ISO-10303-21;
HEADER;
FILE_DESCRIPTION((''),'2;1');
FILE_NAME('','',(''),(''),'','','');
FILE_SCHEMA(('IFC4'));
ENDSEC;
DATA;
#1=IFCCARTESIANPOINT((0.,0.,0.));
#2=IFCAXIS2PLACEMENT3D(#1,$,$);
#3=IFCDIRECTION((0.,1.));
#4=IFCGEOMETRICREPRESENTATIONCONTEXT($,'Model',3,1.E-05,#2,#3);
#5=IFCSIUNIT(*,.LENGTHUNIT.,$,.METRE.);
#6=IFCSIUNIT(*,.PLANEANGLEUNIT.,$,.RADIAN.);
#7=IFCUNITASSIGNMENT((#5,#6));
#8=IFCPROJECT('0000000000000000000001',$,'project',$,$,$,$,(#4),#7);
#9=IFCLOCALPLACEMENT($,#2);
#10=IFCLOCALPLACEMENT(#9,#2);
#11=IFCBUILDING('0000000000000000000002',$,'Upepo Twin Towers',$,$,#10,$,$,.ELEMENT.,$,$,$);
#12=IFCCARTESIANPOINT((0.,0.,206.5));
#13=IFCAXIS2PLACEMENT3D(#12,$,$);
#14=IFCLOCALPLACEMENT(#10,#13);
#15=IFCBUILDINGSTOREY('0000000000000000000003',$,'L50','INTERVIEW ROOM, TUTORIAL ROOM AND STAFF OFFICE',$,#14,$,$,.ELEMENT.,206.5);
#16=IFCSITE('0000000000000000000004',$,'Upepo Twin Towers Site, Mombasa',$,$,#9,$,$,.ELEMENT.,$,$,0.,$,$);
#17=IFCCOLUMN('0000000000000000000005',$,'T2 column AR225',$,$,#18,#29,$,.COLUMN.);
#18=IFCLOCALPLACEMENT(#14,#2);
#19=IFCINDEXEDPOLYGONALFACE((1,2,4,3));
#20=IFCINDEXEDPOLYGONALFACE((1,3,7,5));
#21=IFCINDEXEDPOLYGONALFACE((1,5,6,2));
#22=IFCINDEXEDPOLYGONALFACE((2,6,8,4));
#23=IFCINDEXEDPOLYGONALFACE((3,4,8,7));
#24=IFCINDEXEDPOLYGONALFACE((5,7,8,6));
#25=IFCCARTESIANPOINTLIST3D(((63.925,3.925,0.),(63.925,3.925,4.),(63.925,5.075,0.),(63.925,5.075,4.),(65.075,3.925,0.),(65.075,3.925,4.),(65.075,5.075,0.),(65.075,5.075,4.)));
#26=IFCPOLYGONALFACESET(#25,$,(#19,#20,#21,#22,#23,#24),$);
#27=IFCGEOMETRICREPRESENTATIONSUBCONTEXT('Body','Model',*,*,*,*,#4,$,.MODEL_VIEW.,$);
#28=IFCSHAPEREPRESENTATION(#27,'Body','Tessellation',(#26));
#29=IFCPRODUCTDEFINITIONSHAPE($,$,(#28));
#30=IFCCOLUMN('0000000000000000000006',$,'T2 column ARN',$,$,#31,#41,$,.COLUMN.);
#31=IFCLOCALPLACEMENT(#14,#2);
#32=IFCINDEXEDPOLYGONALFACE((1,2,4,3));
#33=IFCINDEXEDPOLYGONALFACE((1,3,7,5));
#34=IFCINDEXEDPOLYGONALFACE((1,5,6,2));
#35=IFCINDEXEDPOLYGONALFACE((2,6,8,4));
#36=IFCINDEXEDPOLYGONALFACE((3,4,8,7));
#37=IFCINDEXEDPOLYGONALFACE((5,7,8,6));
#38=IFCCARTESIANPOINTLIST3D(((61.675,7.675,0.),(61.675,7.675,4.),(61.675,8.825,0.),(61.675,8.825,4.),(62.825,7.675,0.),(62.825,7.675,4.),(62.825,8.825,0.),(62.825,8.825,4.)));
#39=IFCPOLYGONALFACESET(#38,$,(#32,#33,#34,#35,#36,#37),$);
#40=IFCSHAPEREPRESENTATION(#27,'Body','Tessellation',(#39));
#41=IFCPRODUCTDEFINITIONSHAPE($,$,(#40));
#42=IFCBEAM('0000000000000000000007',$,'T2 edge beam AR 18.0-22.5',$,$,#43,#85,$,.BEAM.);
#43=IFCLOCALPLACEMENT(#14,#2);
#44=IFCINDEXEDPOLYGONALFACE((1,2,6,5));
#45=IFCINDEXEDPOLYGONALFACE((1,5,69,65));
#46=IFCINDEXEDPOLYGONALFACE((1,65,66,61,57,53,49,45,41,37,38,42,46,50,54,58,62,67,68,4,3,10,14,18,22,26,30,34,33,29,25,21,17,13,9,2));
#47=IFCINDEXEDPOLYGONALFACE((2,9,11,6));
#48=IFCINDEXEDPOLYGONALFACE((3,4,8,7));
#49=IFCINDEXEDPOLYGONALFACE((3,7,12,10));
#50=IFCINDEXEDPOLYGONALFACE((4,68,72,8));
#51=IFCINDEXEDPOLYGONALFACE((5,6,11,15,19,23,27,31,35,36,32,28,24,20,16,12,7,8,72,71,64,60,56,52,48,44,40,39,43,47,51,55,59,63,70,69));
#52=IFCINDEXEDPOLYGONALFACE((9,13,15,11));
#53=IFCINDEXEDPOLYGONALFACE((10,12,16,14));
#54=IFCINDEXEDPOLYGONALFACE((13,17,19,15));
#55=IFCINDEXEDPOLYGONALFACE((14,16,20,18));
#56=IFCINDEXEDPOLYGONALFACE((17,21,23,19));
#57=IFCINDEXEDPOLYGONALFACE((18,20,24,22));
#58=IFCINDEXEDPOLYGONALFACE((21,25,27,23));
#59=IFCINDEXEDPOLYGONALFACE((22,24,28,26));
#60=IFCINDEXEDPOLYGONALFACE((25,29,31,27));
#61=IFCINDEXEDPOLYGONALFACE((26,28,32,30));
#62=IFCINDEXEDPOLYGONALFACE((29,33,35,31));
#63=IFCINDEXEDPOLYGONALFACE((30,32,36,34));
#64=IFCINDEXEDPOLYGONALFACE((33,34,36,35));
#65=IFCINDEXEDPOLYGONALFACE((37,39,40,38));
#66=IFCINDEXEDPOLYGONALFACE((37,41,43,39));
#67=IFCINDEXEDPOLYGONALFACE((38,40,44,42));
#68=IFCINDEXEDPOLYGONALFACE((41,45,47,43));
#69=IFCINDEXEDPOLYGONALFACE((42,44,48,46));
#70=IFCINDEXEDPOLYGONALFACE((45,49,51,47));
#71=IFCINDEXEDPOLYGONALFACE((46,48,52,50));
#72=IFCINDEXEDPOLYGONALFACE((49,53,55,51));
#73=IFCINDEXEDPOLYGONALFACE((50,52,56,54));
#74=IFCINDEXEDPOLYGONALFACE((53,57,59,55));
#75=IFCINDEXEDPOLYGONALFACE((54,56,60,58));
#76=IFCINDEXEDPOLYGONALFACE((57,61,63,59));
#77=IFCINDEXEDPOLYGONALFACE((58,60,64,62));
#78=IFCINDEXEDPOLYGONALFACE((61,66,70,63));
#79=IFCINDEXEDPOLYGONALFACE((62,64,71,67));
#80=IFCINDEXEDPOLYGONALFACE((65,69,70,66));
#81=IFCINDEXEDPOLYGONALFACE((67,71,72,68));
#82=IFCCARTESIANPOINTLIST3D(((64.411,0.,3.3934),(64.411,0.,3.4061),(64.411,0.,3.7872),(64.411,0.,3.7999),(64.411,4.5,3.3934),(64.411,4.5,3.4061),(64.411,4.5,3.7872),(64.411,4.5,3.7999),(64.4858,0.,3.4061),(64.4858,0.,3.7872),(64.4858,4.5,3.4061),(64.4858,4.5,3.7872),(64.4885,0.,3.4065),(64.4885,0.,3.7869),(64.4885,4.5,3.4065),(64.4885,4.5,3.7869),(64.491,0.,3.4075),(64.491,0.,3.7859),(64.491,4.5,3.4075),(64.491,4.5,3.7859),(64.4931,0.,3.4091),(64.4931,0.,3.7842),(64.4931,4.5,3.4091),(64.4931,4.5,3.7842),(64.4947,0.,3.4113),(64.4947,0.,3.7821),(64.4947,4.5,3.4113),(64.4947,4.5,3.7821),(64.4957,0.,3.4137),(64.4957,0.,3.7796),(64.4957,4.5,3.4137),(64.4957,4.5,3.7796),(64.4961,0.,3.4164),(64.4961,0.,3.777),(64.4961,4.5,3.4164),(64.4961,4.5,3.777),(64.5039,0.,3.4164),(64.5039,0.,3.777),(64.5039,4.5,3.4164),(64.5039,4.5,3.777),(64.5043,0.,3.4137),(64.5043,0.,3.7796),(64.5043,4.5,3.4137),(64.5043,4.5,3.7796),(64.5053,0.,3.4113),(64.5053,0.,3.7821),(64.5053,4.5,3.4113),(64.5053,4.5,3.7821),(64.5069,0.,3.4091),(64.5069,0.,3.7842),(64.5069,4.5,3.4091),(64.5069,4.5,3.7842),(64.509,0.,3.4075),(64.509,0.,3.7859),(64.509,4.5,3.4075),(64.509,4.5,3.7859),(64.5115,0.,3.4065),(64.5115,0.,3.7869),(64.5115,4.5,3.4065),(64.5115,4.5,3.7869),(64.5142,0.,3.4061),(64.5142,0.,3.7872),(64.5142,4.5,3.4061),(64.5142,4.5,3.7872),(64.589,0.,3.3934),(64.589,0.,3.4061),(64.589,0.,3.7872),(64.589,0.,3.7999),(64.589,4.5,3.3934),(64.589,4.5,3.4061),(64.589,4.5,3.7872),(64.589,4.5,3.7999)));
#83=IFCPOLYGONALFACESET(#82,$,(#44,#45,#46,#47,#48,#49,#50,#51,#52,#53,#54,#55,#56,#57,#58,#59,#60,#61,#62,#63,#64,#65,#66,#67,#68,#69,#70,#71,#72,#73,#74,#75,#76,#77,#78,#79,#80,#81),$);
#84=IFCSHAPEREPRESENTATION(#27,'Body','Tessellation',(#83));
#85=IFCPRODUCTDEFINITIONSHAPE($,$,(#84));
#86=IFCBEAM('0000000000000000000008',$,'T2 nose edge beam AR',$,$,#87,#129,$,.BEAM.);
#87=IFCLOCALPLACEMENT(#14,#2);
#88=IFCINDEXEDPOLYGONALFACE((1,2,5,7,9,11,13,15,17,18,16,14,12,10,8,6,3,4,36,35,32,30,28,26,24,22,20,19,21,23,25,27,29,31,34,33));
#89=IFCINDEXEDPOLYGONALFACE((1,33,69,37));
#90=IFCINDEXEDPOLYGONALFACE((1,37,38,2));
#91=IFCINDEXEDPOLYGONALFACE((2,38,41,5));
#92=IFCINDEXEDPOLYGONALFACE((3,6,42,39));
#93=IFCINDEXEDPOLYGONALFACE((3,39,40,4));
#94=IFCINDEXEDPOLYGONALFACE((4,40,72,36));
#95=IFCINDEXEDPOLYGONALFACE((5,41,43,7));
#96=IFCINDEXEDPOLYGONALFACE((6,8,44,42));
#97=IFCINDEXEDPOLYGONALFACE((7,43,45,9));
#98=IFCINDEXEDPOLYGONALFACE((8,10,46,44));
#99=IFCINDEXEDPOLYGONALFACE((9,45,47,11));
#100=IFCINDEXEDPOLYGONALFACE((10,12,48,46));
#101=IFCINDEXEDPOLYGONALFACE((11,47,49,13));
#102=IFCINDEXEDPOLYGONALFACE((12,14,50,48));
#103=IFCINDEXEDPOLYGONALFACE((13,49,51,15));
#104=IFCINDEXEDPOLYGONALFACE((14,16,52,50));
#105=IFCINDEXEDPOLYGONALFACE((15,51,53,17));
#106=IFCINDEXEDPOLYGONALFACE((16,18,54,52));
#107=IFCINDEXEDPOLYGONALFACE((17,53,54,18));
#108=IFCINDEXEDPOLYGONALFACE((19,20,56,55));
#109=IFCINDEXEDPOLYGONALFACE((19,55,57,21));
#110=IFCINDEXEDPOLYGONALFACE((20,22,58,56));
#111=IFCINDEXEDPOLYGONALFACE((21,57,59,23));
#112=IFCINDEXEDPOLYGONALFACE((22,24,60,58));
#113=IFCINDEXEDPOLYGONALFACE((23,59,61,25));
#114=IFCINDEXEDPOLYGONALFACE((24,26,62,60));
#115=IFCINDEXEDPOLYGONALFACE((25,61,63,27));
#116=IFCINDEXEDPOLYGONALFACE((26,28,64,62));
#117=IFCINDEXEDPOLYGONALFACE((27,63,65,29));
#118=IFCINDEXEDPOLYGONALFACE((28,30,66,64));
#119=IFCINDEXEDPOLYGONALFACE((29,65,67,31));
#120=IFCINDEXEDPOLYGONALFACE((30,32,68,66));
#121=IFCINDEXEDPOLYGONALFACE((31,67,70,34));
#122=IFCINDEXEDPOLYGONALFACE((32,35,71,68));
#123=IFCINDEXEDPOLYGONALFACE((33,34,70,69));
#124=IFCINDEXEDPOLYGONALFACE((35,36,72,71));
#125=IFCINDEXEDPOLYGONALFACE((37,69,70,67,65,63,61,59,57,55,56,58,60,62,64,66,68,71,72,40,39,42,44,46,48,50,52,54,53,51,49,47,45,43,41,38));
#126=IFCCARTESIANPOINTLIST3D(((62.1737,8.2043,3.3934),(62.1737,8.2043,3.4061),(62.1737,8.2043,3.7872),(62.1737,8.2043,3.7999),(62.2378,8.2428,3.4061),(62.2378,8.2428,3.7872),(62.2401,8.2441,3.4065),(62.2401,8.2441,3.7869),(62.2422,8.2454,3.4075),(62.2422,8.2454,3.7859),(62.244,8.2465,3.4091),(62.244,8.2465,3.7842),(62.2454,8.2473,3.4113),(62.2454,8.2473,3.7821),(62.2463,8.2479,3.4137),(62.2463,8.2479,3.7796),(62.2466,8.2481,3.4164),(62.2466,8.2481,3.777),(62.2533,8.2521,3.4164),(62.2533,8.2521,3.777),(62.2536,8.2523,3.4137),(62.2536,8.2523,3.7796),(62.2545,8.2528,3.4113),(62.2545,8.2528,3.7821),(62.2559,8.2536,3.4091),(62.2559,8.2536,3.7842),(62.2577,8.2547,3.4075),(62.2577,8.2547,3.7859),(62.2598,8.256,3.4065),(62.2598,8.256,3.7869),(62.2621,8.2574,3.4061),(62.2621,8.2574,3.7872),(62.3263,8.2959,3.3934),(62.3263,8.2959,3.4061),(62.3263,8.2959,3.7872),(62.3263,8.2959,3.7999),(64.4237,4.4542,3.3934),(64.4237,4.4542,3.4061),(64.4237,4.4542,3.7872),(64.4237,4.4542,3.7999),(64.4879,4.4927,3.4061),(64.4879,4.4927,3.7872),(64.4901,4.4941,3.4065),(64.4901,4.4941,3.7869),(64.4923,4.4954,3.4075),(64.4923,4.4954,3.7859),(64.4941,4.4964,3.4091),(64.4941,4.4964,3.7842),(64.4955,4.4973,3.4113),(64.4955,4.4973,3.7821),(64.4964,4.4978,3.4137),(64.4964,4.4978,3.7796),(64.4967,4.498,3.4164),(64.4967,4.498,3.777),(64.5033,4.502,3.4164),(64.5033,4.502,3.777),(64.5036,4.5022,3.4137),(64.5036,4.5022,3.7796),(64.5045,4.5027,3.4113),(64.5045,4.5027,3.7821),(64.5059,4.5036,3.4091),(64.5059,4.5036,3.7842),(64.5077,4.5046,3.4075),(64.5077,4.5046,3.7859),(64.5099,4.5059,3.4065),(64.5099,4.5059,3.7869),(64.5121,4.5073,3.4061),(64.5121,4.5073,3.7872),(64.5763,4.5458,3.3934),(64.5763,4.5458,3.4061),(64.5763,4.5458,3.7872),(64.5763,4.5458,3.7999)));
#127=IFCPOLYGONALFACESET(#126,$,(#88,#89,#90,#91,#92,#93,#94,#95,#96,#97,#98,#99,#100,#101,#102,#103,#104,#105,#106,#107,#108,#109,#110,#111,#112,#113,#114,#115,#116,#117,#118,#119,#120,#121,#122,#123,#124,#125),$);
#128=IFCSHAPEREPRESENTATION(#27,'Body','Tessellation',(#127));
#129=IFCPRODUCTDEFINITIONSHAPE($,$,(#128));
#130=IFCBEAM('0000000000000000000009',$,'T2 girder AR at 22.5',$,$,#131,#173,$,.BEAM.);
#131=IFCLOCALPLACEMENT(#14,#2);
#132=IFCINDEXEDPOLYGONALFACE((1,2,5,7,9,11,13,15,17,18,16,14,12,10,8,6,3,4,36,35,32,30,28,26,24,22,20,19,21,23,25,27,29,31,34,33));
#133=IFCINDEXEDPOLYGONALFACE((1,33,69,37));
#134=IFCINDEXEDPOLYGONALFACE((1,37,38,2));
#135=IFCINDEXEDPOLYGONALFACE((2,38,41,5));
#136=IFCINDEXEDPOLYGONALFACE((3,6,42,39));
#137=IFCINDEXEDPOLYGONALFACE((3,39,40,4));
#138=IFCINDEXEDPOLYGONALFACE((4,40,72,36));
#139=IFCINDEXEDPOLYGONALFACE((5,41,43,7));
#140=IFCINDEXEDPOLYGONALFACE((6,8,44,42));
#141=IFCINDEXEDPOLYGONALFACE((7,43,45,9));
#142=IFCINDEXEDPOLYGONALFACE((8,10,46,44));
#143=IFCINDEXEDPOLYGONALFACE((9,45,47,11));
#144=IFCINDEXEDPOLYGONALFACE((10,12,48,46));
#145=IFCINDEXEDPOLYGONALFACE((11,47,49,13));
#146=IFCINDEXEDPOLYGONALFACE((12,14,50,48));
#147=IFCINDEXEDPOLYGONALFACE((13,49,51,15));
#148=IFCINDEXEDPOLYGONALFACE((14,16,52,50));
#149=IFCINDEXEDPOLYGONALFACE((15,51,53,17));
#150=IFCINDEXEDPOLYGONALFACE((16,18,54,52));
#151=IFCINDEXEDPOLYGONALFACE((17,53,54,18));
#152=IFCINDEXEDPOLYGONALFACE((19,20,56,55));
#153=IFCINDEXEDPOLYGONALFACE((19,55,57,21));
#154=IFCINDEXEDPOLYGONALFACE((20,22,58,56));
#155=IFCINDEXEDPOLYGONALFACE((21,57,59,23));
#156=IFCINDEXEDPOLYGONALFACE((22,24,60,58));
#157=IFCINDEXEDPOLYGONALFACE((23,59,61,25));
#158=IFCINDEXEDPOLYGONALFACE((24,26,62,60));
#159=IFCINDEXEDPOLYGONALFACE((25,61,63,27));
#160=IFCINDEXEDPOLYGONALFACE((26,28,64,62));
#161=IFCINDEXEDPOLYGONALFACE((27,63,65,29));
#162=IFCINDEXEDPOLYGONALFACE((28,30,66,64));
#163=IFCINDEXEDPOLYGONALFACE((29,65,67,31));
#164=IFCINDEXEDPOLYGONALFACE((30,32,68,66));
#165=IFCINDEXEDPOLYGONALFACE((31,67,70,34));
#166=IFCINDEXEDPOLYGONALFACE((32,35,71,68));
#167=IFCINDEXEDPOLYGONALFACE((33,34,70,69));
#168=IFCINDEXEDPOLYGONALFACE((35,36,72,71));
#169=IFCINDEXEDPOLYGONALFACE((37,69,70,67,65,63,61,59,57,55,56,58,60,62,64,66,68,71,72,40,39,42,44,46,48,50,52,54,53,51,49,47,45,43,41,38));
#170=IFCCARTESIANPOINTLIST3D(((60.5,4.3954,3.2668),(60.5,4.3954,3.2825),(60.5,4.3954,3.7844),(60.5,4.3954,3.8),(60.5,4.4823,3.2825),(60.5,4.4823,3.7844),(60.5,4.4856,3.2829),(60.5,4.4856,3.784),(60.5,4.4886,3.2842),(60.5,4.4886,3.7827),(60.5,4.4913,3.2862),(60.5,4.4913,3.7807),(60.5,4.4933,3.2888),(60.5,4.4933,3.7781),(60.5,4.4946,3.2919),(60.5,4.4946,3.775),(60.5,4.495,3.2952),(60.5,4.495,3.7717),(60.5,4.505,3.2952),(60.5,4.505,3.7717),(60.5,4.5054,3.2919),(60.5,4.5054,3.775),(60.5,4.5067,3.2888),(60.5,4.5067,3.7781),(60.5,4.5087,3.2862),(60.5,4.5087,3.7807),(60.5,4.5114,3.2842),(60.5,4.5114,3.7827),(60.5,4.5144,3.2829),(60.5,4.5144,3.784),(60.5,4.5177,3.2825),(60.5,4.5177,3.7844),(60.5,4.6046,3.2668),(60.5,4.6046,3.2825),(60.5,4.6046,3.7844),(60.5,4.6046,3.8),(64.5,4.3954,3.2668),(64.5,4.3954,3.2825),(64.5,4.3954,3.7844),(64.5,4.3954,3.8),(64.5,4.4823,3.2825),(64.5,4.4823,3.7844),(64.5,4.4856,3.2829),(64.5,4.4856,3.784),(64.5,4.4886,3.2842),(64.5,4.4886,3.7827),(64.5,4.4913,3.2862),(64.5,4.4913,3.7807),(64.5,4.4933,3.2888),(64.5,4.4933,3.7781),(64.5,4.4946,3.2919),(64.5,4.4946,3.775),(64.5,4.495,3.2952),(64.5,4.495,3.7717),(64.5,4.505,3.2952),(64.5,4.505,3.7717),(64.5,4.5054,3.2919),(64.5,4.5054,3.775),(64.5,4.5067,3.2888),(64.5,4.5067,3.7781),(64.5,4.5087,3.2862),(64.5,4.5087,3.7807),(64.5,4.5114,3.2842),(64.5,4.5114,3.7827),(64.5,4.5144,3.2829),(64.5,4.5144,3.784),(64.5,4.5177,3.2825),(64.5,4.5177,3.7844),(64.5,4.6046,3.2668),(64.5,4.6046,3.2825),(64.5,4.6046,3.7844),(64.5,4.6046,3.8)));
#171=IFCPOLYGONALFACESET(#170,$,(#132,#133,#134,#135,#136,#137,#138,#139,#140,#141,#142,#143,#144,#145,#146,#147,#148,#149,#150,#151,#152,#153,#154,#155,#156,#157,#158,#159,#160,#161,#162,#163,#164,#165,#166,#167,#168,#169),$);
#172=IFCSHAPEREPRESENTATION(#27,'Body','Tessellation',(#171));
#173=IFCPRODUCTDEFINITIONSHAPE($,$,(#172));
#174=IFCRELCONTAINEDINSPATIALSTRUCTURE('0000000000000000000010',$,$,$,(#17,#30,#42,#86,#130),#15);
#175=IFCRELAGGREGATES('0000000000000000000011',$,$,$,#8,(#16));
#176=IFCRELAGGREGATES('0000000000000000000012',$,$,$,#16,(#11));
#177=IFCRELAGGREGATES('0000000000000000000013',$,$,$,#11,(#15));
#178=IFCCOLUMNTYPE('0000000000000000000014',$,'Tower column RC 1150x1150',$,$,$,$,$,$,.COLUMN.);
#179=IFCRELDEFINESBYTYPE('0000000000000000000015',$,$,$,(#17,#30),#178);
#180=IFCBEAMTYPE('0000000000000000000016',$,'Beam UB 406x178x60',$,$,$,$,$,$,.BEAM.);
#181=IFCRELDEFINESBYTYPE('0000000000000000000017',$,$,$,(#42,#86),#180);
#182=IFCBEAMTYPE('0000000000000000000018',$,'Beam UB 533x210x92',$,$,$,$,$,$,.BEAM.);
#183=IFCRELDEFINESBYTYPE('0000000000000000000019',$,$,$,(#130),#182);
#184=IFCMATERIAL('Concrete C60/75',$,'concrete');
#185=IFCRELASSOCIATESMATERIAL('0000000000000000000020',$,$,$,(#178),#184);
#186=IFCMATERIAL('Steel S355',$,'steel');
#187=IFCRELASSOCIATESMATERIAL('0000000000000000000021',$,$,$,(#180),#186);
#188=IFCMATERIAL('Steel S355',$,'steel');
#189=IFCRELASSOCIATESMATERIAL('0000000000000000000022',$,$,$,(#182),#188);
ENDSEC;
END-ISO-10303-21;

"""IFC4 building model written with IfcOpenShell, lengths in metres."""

from ifc_helpers import new_model, si_unit, direction, frame, origin, origin_2d, place, context, subcontext, project, spatial, rectangle, i_section, extrude, material, material_profile, profile_set, type_object, element, save


model = new_model("IFC4")

# Units and contexts
model_context = context("Model", 3, precision=1e-05, world=origin(), true_north=direction((0.0, 1.0)))
body_context = subcontext(model_context, "Body", "Model", "MODEL_VIEW")
ifc_project = project(units=[si_unit("LENGTHUNIT", "METRE"), si_unit("PLANEANGLEUNIT", "RADIAN")], contexts=[model_context])

# Site, building, storey
site_placement = place(None, origin())
site = spatial("IfcSite", under=ifc_project, at=site_placement, Name="Upepo Twin Towers Site, Mombasa", CompositionType="ELEMENT", RefElevation=0.0)
building_placement = place(site_placement, origin())
building = spatial("IfcBuilding", under=site, at=building_placement, Name="Upepo Twin Towers", CompositionType="ELEMENT")
storey_placement = place(building_placement, frame((0.0, 0.0, 206.5)))
storey = spatial("IfcBuildingStorey", under=building, at=storey_placement, Name="L50", Description="INTERVIEW ROOM, TUTORIAL ROOM AND STAFF OFFICE", CompositionType="ELEMENT", Elevation=206.5)

# Columns
ifc_material_1 = material(Name="Concrete C60/75", Category="concrete")
ifc_material_profile_1 = material_profile(ifc_material_1, rectangle(XDim=1.1499, YDim=1.1499, at=origin_2d()), Name="RC 1150x1150")
ifc_profile_set_1 = profile_set([ifc_material_profile_1], Name="Concrete C60/75")
column_type = type_object("IfcColumnType", Name="Tower column RC 1150x1150", PredefinedType="COLUMN", material=ifc_profile_set_1)
for number, where, z_axis, x_axis, name in (
    (1, (64.5, 4.5, 0.0), (0.0, 0.0, 1.0), (1.0, 0.0, 0.0), "T2 column AR225"),
    (2, (62.25, 8.25, 0.0), (0.0, 0.0, 1.0), (1.0, 0.0, 0.0), "T2 column ARN"),
):
    element("IfcColumn", number, at=place(storey_placement, frame(where, z_axis=z_axis, x_axis=x_axis)), inside=storey, type_object=column_type, Name=name, PredefinedType="COLUMN", context=body_context, shape_type="SweptSolid", body=[
        extrude(rectangle(XDim=1.1499, YDim=1.1499, at=origin_2d()), origin(), (0.0, 0.0, 1.0), 4.0),
    ])

# Beams
ifc_material_2 = material(Name="Steel S355", Category="steel")
ifc_material_profile_2 = material_profile(ifc_material_2, i_section(OverallWidth=0.178, OverallDepth=0.4065, WebThickness=0.0078, FlangeThickness=0.0127, FilletRadius=0.0103, at=origin_2d()), Name="UB 406x178x60")
ifc_profile_set_2 = profile_set([ifc_material_profile_2], Name="Steel S355")
beam_type_1 = type_object("IfcBeamType", Name="Beam UB 406x178x60", PredefinedType="BEAM", material=ifc_profile_set_2)
beam_1_placement = place(storey_placement, frame((64.5, 0.0, 3.5967), z_axis=(0.0, 1.0, 0.0), x_axis=(-1.0, 0.0, 0.0)))
element("IfcBeam", 3, at=beam_1_placement, inside=storey, type_object=beam_type_1, Name="T2 edge beam AR 18.0-22.5", PredefinedType="BEAM", context=body_context, shape_type="SweptSolid", body=[
    extrude(i_section(OverallWidth=0.178, OverallDepth=0.4065, WebThickness=0.0078, FlangeThickness=0.0127, FilletRadius=0.0103, at=origin_2d()), origin(), (0.0, 0.0, 1.0), 4.5),
])
beam_2_placement = place(storey_placement, frame((64.5, 4.5, 3.5967), z_axis=(-0.514496, 0.857493, 0.0), x_axis=(-0.857493, -0.514496, 0.0)))
element("IfcBeam", 4, at=beam_2_placement, inside=storey, type_object=beam_type_1, Name="T2 nose edge beam AR", PredefinedType="BEAM", context=body_context, shape_type="SweptSolid", body=[
    extrude(i_section(OverallWidth=0.178, OverallDepth=0.4065, WebThickness=0.0078, FlangeThickness=0.0127, FilletRadius=0.0103, at=origin_2d()), origin(), (0.0, 0.0, 1.0), 4.3733),
])
ifc_material_3 = material(Name="Steel S355", Category="steel")
ifc_material_profile_3 = material_profile(ifc_material_3, i_section(OverallWidth=0.2092, OverallDepth=0.5332, WebThickness=0.01, FlangeThickness=0.0156, FilletRadius=0.0127, at=origin_2d()), Name="UB 533x210x92")
ifc_profile_set_3 = profile_set([ifc_material_profile_3], Name="Steel S355")
beam_type_2 = type_object("IfcBeamType", Name="Beam UB 533x210x92", PredefinedType="BEAM", material=ifc_profile_set_3)
beam_3_placement = place(storey_placement, frame((64.5, 4.5, 3.5334), z_axis=(-1.0, 0.0, 0.0), x_axis=(0.0, -1.0, 0.0)))
element("IfcBeam", 5, at=beam_3_placement, inside=storey, type_object=beam_type_2, Name="T2 girder AR at 22.5", PredefinedType="BEAM", context=body_context, shape_type="SweptSolid", body=[
    extrude(i_section(OverallWidth=0.2092, OverallDepth=0.5332, WebThickness=0.01, FlangeThickness=0.0156, FilletRadius=0.0127, at=origin_2d()), origin(), (0.0, 0.0, 1.0), 4.0),
])

save(model, "model.ifc")
